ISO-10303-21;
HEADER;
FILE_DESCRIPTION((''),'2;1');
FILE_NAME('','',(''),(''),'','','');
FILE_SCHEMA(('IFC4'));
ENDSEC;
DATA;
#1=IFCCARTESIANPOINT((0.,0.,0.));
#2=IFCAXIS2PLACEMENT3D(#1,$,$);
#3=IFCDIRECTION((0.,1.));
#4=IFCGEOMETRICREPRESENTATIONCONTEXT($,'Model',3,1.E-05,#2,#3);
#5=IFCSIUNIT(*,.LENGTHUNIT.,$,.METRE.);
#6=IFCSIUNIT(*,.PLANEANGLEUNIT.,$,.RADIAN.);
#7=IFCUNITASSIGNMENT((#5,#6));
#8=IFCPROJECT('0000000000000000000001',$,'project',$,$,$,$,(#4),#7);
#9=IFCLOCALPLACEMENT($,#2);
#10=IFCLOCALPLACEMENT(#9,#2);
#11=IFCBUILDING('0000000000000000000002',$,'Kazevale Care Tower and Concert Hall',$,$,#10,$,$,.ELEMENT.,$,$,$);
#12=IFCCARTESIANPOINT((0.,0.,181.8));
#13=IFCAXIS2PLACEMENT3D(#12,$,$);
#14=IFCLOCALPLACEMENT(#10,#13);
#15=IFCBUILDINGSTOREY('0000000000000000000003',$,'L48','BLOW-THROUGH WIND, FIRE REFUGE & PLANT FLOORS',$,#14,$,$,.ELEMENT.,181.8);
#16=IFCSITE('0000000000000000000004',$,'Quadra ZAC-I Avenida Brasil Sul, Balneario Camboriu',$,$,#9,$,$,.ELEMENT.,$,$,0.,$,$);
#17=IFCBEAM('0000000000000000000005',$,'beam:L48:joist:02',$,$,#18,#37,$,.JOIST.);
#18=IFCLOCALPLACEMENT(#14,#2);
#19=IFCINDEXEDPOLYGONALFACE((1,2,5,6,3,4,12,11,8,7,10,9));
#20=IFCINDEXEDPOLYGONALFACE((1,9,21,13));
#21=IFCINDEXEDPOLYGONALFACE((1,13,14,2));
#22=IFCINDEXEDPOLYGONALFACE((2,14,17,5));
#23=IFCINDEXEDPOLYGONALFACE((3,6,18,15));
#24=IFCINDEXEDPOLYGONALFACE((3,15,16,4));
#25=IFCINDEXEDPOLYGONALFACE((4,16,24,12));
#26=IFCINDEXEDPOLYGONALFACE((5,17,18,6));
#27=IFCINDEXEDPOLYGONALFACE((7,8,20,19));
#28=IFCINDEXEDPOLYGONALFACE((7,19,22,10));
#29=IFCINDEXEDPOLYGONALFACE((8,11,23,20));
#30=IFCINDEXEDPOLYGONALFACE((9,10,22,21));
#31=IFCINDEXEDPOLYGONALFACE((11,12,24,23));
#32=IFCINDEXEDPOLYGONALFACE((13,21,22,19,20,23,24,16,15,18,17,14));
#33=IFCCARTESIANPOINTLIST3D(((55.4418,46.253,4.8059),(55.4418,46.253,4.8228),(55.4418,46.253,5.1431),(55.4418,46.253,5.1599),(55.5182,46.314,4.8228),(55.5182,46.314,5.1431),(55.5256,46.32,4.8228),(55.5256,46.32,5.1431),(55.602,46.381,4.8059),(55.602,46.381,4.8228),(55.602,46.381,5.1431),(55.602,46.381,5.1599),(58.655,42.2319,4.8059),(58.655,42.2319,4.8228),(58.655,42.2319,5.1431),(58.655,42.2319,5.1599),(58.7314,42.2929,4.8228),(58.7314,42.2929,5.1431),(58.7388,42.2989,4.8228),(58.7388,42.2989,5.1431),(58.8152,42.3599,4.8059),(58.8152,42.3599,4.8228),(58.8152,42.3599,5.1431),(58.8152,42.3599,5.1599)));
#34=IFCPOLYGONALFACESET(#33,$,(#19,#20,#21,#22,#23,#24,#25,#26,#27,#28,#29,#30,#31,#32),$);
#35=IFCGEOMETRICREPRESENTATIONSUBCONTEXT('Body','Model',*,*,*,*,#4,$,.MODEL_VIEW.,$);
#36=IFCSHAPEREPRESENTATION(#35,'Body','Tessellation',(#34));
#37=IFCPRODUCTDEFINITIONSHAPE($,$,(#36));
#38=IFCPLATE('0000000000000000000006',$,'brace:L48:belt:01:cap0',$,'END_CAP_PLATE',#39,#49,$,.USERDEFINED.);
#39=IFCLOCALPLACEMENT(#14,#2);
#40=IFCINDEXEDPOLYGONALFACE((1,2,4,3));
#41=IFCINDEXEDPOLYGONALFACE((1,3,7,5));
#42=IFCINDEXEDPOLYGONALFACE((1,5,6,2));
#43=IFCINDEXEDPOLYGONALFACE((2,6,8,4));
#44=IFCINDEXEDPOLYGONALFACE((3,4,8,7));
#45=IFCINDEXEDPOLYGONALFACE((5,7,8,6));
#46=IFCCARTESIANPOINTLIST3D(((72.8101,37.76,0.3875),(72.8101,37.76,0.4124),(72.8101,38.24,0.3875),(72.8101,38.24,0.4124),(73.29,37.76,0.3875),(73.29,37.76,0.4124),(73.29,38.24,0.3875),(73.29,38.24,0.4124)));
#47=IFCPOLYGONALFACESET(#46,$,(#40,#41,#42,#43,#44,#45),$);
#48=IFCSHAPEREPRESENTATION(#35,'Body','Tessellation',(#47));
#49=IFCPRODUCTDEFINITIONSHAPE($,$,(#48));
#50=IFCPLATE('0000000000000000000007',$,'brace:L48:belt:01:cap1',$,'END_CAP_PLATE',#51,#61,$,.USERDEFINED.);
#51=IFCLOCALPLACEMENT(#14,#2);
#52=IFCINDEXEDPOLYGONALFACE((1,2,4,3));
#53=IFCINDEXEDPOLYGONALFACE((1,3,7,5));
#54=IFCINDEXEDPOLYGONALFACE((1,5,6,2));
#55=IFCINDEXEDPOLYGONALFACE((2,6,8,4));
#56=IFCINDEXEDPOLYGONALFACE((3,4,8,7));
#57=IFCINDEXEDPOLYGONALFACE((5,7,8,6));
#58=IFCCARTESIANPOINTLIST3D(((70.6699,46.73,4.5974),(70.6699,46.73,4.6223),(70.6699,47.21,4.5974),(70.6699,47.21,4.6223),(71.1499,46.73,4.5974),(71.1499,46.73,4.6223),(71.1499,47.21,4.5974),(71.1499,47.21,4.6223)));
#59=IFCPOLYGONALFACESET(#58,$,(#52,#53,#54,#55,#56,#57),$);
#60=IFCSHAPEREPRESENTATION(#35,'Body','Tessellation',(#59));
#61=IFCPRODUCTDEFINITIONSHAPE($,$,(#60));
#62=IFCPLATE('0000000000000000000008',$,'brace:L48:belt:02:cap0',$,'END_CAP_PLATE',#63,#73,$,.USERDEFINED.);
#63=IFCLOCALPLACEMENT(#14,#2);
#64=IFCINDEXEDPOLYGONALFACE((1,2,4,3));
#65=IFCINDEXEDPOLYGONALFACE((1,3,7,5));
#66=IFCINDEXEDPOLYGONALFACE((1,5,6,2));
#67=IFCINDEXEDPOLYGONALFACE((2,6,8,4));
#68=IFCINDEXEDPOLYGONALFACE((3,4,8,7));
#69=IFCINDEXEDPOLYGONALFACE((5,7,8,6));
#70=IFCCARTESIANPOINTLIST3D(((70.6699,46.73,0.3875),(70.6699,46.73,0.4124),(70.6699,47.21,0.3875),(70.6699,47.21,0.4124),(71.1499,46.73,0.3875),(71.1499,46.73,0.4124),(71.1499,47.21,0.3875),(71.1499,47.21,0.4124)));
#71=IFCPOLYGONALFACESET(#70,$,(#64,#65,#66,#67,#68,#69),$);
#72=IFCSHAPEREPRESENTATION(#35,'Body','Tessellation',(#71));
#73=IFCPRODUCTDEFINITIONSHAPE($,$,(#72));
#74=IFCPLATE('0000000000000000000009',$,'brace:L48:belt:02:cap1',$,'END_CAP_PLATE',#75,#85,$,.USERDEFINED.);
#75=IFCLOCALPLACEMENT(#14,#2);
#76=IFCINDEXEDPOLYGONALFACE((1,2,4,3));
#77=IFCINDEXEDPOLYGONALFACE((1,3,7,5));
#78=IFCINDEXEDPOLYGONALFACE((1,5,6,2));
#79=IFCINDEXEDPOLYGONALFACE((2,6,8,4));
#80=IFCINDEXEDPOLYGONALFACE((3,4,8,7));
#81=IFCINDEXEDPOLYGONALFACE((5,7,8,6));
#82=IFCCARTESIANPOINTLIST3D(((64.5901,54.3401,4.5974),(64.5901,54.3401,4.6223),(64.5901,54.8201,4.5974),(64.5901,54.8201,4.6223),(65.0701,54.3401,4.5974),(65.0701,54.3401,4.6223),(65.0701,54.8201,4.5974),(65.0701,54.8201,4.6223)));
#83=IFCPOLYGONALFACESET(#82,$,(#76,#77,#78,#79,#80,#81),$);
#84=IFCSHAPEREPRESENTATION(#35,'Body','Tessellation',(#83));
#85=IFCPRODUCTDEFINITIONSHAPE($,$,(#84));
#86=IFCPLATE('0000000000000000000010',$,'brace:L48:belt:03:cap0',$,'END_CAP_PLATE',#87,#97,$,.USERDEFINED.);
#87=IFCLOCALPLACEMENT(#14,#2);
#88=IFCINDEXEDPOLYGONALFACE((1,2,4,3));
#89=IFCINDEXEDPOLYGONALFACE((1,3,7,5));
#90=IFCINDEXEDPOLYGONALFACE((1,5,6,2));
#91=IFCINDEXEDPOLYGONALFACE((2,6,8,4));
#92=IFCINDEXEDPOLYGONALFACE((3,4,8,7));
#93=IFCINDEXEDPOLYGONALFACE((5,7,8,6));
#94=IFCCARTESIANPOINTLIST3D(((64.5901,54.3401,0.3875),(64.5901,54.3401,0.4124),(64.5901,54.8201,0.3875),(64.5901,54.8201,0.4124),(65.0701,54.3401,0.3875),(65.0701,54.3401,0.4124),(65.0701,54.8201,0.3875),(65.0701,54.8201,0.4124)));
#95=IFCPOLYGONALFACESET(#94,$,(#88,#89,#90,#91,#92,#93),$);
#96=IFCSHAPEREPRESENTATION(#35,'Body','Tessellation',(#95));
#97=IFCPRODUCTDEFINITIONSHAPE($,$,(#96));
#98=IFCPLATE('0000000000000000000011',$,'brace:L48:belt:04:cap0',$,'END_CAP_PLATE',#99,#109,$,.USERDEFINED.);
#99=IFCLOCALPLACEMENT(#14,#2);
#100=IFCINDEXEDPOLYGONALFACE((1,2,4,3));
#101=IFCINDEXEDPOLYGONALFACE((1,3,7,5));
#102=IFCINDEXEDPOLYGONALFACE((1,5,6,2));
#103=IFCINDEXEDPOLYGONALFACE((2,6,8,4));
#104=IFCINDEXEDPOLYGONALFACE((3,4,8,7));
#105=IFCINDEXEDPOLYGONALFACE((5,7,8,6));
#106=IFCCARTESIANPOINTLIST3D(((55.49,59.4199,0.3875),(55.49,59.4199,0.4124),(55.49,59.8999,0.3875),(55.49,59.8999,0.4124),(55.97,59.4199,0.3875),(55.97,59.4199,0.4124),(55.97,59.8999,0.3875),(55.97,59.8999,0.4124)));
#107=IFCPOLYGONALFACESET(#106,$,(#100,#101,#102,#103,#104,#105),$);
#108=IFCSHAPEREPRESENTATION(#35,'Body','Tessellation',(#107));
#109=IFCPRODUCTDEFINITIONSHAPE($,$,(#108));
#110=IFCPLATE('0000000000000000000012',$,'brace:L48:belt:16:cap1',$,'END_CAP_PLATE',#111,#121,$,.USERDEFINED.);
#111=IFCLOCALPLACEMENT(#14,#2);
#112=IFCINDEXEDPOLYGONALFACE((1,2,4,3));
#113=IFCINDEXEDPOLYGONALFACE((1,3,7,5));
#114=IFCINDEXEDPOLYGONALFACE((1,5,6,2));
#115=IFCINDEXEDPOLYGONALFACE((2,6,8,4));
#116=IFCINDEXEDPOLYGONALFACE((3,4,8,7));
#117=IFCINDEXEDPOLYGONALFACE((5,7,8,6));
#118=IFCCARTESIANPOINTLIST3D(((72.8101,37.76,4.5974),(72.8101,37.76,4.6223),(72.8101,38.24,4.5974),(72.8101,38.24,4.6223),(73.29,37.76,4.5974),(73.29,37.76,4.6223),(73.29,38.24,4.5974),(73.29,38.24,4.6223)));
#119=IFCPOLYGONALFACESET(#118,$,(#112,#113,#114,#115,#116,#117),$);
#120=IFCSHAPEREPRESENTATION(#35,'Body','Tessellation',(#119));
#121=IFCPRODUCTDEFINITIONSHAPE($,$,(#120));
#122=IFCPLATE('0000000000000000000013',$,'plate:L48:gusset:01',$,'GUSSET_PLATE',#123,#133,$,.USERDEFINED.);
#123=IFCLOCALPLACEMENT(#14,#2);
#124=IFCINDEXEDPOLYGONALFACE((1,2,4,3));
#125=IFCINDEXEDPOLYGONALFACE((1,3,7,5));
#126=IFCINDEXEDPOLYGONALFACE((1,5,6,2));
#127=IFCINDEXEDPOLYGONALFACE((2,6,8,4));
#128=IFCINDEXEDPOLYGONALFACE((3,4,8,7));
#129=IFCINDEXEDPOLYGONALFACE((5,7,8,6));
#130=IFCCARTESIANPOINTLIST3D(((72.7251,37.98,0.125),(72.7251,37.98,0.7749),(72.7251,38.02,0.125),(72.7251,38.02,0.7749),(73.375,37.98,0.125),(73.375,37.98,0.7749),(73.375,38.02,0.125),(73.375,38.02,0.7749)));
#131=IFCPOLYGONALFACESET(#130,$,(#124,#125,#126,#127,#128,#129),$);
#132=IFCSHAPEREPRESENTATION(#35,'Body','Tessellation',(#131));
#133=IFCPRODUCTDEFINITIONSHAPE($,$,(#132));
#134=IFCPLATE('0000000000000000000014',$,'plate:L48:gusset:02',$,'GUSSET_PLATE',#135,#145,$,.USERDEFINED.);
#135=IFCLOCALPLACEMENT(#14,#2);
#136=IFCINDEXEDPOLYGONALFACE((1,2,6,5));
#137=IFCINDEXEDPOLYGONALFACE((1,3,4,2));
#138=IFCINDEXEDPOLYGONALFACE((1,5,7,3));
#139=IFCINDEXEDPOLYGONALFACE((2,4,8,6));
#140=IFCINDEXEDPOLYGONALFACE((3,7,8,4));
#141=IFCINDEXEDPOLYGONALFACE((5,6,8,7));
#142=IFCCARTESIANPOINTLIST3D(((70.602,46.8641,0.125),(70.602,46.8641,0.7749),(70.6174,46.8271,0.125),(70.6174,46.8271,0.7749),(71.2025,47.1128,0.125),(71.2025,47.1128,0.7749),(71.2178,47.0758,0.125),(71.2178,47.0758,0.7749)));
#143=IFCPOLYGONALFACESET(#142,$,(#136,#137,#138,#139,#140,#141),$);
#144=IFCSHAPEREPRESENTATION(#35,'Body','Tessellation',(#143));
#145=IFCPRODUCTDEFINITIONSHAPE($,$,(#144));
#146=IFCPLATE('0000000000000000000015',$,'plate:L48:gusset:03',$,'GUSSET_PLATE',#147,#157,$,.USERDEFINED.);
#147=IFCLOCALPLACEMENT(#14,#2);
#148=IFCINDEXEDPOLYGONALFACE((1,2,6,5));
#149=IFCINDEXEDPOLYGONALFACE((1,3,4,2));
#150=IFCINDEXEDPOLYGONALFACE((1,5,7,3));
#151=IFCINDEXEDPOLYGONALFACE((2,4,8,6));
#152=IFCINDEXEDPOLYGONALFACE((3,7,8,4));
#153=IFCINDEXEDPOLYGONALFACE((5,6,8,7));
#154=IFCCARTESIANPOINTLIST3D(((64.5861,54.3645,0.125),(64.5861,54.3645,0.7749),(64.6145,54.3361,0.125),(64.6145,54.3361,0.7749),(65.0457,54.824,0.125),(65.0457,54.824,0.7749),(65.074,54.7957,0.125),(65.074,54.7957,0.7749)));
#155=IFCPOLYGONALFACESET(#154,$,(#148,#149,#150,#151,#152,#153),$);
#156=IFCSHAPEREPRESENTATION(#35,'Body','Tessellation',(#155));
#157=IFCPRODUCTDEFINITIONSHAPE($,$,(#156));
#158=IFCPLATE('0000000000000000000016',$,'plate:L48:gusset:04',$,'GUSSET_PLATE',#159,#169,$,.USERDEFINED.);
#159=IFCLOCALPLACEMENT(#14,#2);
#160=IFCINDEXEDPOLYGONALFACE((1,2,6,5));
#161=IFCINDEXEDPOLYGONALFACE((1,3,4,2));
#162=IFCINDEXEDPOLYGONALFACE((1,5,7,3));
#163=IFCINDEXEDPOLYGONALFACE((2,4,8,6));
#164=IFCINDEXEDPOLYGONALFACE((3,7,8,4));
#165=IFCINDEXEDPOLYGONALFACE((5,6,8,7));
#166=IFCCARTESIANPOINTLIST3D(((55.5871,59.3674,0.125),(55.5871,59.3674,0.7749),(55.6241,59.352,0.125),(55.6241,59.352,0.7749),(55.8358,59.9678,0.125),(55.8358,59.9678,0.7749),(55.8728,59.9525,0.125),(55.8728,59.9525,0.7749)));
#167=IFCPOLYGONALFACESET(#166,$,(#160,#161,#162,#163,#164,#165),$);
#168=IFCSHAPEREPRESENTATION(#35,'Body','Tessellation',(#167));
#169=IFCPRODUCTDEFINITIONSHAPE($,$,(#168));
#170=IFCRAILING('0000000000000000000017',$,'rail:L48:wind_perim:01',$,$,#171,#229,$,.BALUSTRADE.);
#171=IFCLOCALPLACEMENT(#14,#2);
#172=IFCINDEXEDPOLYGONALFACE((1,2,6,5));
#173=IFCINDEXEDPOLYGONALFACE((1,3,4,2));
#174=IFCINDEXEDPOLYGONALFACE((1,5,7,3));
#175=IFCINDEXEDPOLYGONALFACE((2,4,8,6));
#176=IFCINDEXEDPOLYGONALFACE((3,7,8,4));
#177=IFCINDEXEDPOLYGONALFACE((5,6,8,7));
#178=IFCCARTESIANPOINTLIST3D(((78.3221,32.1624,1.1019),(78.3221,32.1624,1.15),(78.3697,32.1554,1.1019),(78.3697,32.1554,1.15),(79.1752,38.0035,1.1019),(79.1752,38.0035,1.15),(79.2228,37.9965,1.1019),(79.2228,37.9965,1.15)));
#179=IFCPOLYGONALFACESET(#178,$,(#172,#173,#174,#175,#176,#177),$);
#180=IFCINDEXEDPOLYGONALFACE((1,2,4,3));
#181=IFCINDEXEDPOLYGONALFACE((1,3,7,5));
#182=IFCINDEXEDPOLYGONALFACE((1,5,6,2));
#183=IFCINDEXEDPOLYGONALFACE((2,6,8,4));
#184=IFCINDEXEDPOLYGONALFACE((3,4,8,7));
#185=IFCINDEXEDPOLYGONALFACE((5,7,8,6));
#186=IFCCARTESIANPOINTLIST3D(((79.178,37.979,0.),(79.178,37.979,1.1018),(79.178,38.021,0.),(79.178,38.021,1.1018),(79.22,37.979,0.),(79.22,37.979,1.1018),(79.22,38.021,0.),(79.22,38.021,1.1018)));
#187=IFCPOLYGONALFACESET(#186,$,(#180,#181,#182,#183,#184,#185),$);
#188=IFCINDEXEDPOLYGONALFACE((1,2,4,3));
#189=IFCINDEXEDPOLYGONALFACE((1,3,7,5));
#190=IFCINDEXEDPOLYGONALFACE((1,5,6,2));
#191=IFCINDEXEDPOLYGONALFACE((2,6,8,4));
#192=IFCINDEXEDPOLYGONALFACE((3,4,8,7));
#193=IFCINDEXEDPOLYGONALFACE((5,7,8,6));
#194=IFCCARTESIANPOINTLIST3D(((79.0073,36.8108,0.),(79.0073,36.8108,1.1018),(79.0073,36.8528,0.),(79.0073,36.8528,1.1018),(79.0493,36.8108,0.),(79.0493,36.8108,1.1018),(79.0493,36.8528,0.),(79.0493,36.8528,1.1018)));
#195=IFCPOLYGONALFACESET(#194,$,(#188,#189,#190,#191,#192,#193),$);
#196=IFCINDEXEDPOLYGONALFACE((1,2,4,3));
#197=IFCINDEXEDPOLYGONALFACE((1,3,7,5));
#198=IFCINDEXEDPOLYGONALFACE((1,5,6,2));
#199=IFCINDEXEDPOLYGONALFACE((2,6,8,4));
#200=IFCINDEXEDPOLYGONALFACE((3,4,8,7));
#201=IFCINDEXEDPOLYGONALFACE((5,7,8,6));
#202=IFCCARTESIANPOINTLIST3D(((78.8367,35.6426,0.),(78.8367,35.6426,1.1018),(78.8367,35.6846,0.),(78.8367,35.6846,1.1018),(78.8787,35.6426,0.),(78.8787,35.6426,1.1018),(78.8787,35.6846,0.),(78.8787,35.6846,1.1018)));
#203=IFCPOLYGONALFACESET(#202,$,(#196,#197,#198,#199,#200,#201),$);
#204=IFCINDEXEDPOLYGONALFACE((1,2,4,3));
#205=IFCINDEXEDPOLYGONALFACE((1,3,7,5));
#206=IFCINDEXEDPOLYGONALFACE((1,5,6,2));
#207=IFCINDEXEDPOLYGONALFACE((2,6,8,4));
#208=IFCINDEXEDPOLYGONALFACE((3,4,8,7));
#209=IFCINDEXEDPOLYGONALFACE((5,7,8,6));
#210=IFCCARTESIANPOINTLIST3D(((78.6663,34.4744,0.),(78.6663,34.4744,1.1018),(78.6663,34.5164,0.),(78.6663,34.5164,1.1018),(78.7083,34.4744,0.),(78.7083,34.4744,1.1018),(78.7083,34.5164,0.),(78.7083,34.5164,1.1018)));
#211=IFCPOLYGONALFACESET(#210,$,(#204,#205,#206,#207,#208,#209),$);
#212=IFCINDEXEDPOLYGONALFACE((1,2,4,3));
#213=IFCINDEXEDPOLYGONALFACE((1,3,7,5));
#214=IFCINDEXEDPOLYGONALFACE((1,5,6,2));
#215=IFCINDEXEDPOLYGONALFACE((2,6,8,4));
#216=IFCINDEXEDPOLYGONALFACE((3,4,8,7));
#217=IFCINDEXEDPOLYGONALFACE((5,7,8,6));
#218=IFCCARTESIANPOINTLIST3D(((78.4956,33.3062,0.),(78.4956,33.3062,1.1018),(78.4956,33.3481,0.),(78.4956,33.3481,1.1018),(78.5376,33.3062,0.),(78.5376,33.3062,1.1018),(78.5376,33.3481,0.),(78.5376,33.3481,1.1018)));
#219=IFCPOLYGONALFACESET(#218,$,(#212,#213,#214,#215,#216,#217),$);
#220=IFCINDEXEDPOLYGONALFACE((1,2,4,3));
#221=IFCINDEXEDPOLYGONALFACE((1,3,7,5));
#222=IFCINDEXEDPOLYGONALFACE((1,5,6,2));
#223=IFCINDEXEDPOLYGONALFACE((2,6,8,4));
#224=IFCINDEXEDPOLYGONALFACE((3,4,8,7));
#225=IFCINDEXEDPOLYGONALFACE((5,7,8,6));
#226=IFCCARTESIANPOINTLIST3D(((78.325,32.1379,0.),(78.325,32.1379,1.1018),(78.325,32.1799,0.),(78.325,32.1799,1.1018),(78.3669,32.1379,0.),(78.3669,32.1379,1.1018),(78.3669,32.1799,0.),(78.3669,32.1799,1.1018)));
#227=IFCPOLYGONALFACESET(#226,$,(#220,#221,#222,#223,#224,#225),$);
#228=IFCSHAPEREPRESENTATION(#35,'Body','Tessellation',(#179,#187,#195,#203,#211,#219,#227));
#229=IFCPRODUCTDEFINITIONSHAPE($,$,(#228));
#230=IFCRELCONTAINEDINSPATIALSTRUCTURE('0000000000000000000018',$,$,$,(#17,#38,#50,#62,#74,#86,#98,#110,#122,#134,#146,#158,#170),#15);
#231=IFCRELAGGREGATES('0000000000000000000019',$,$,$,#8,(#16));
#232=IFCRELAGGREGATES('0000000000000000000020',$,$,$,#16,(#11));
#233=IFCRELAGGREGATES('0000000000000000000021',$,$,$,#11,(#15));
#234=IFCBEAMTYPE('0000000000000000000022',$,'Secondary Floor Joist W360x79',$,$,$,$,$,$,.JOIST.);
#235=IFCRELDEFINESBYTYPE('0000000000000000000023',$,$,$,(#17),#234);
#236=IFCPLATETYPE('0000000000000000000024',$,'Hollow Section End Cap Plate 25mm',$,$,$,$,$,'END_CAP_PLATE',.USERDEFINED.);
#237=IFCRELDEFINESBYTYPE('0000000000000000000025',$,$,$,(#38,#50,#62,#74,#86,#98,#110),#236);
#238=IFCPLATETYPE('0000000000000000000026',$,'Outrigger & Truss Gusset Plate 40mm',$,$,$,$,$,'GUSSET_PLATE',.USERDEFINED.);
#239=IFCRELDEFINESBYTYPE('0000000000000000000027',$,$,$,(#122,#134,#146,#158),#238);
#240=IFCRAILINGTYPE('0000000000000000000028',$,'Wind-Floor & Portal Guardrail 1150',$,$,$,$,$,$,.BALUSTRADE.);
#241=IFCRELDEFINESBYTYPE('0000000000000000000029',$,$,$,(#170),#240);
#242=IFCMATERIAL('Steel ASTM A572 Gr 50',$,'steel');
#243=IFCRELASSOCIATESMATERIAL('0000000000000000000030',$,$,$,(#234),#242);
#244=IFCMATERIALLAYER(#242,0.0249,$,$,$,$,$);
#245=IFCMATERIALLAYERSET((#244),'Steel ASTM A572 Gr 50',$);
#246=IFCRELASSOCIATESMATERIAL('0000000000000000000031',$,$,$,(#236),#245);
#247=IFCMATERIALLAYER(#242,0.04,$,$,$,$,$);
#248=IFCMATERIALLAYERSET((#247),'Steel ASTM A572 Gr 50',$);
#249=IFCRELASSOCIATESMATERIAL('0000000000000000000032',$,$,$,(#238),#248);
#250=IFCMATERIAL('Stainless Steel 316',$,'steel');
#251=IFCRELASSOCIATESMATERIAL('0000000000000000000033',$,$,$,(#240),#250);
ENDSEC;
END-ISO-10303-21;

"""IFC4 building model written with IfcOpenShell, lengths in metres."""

from ifc_helpers import new_model, si_unit, direction, frame, origin, origin_2d, place, context, subcontext, project, spatial, rectangle, i_section, extrude, material, layer, layer_set, material_profile, profile_set, type_object, element, save


model = new_model("IFC4")

# Units and contexts
model_context = context("Model", 3, precision=1e-05, world=origin(), true_north=direction((0.0, 1.0)))
body_context = subcontext(model_context, "Body", "Model", "MODEL_VIEW")
ifc_project = project(units=[si_unit("LENGTHUNIT", "METRE"), si_unit("PLANEANGLEUNIT", "RADIAN")], contexts=[model_context])

# Site, building, storey
site_placement = place(None, origin())
site = spatial("IfcSite", under=ifc_project, at=site_placement, Name="Quadra ZAC-I Avenida Brasil Sul, Balneario Camboriu", CompositionType="ELEMENT", RefElevation=0.0)
building_placement = place(site_placement, origin())
building = spatial("IfcBuilding", under=site, at=building_placement, Name="Kazevale Care Tower and Concert Hall", CompositionType="ELEMENT")
storey_placement = place(building_placement, frame((0.0, 0.0, 181.8)))
storey = spatial("IfcBuildingStorey", under=building, at=storey_placement, Name="L48", Description="BLOW-THROUGH WIND, FIRE REFUGE & PLANT FLOORS", CompositionType="ELEMENT", Elevation=181.8)

# Shared definitions
ifc_material_1 = material(Name="Steel ASTM A572 Gr 50", Category="steel")

# Beam
ifc_material_profile_1 = material_profile(ifc_material_1, i_section(OverallWidth=0.2051, OverallDepth=0.354, WebThickness=0.0095, FlangeThickness=0.0168, at=origin_2d()), Name="W360x79")
ifc_profile_set_1 = profile_set([ifc_material_profile_1], Name="Steel ASTM A572 Gr 50")
beam_type_1 = type_object("IfcBeamType", Name="Secondary Floor Joist W360x79", PredefinedType="JOIST", material=ifc_profile_set_1)
beam_1_placement = place(storey_placement, frame((58.7351, 42.2959, 4.9829), z_axis=(-0.624261, 0.781216, 0.0), x_axis=(-0.781216, -0.624261, 0.0)))
element("IfcBeam", 1, at=beam_1_placement, inside=storey, type_object=beam_type_1, Name="beam:L48:joist:02", PredefinedType="JOIST", context=body_context, shape_type="SweptSolid", body=[
    extrude(i_section(OverallWidth=0.2051, OverallDepth=0.354, WebThickness=0.0095, FlangeThickness=0.0168, at=origin_2d()), origin(), (0.0, 0.0, 1.0), 5.1472),
])

# Plates
ifc_layer_1 = layer(ifc_material_1, 0.0249)
ifc_layer_set_1 = layer_set([ifc_layer_1], Name="Steel ASTM A572 Gr 50")
plate_type_1 = type_object("IfcPlateType", Name="Hollow Section End Cap Plate 25mm", ElementType="END_CAP_PLATE", PredefinedType="USERDEFINED", material=ifc_layer_set_1)
for number, where, z_axis, x_axis, name in (
    (2, (73.05, 38.0, 0.3875), (0.0, 0.0, 1.0), (1.0, 0.0, 0.0), "brace:L48:belt:01:cap0"),
    (3, (70.9099, 46.97, 4.5974), (0.0, 0.0, 1.0), (1.0, 0.0, 0.0), "brace:L48:belt:01:cap1"),
    (4, (70.9099, 46.97, 0.3875), (0.0, 0.0, 1.0), (1.0, 0.0, 0.0), "brace:L48:belt:02:cap0"),
    (5, (64.8301, 54.5801, 4.5974), (0.0, 0.0, 1.0), (1.0, 0.0, 0.0), "brace:L48:belt:02:cap1"),
    (6, (64.8301, 54.5801, 0.3875), (0.0, 0.0, 1.0), (1.0, 0.0, 0.0), "brace:L48:belt:03:cap0"),
    (7, (55.73, 59.6599, 0.3875), (0.0, 0.0, 1.0), (1.0, 0.0, 0.0), "brace:L48:belt:04:cap0"),
    (8, (73.05, 38.0, 4.5974), (0.0, 0.0, 1.0), (1.0, 0.0, 0.0), "brace:L48:belt:16:cap1"),
):
    element("IfcPlate", number, at=place(storey_placement, frame(where, z_axis=z_axis, x_axis=x_axis)), inside=storey, type_object=plate_type_1, Name=name, ObjectType="END_CAP_PLATE", PredefinedType="USERDEFINED", context=body_context, shape_type="SweptSolid", body=[
        extrude(rectangle(XDim=0.48, YDim=0.48, at=origin_2d()), origin(), (0.0, 0.0, 1.0), 0.0249),
    ])
ifc_layer_2 = layer(ifc_material_1, 0.04)
ifc_layer_set_2 = layer_set([ifc_layer_2], Name="Steel ASTM A572 Gr 50")
plate_type_2 = type_object("IfcPlateType", Name="Outrigger & Truss Gusset Plate 40mm", ElementType="GUSSET_PLATE", PredefinedType="USERDEFINED", material=ifc_layer_set_2)
for number, where, z_axis, x_axis, name in (
    (9, (73.05, 38.0, 0.125), (0.0, 0.0, 1.0), (1.0, 0.0, 0.0), "plate:L48:gusset:01"),
    (10, (70.9099, 46.97, 0.125), (0.0, 0.0, 1.0), (0.92388, 0.382683, 0.0), "plate:L48:gusset:02"),
    (11, (64.8301, 54.5801, 0.125), (0.0, 0.0, 1.0), (0.707107, 0.707107, 0.0), "plate:L48:gusset:03"),
    (12, (55.73, 59.6599, 0.125), (0.0, 0.0, 1.0), (0.382683, 0.92388, 0.0), "plate:L48:gusset:04"),
):
    element("IfcPlate", number, at=place(storey_placement, frame(where, z_axis=z_axis, x_axis=x_axis)), inside=storey, type_object=plate_type_2, Name=name, ObjectType="GUSSET_PLATE", PredefinedType="USERDEFINED", context=body_context, shape_type="SweptSolid", body=[
        extrude(rectangle(XDim=0.6499, YDim=0.04, at=origin_2d()), origin(), (0.0, 0.0, 1.0), 0.6499),
    ])

# Railing
ifc_material_2 = material(Name="Stainless Steel 316", Category="steel")
railing_type = type_object("IfcRailingType", Name="Wind-Floor & Portal Guardrail 1150", PredefinedType="BALUSTRADE", material=ifc_material_2)
railing_1_placement = place(storey_placement, frame((79.199, 38.0, 0.0)))
element("IfcRailing", 13, at=railing_1_placement, inside=storey, type_object=railing_type, Name="rail:L48:wind_perim:01", PredefinedType="BALUSTRADE", context=body_context, shape_type="SweptSolid", body=[
    extrude(rectangle(XDim=0.0481, YDim=0.0481, at=origin_2d()), frame((0.0, 0.0, 1.126), z_axis=(-0.144507, -0.989504, 0.0), x_axis=(0.989504, -0.144507, 0.0)), (0.0, 0.0, 1.0), 5.9031),
    extrude(rectangle(XDim=0.042, YDim=0.042, at=origin_2d()), origin(), (0.0, 0.0, 1.0), 1.1018),
    extrude(rectangle(XDim=0.042, YDim=0.042, at=origin_2d()), frame((-0.1707, -1.1682, 0.0)), (0.0, 0.0, 1.0), 1.1018),
    extrude(rectangle(XDim=0.042, YDim=0.042, at=origin_2d()), frame((-0.3413, -2.3364, 0.0)), (0.0, 0.0, 1.0), 1.1018),
    extrude(rectangle(XDim=0.042, YDim=0.042, at=origin_2d()), frame((-0.5117, -3.5046, 0.0)), (0.0, 0.0, 1.0), 1.1018),
    extrude(rectangle(XDim=0.042, YDim=0.042, at=origin_2d()), frame((-0.6824, -4.6729, 0.0)), (0.0, 0.0, 1.0), 1.1018),
    extrude(rectangle(XDim=0.042, YDim=0.042, at=origin_2d()), frame((-0.853, -5.8411, 0.0)), (0.0, 0.0, 1.0), 1.1018),
])

save(model, "model.ifc")
